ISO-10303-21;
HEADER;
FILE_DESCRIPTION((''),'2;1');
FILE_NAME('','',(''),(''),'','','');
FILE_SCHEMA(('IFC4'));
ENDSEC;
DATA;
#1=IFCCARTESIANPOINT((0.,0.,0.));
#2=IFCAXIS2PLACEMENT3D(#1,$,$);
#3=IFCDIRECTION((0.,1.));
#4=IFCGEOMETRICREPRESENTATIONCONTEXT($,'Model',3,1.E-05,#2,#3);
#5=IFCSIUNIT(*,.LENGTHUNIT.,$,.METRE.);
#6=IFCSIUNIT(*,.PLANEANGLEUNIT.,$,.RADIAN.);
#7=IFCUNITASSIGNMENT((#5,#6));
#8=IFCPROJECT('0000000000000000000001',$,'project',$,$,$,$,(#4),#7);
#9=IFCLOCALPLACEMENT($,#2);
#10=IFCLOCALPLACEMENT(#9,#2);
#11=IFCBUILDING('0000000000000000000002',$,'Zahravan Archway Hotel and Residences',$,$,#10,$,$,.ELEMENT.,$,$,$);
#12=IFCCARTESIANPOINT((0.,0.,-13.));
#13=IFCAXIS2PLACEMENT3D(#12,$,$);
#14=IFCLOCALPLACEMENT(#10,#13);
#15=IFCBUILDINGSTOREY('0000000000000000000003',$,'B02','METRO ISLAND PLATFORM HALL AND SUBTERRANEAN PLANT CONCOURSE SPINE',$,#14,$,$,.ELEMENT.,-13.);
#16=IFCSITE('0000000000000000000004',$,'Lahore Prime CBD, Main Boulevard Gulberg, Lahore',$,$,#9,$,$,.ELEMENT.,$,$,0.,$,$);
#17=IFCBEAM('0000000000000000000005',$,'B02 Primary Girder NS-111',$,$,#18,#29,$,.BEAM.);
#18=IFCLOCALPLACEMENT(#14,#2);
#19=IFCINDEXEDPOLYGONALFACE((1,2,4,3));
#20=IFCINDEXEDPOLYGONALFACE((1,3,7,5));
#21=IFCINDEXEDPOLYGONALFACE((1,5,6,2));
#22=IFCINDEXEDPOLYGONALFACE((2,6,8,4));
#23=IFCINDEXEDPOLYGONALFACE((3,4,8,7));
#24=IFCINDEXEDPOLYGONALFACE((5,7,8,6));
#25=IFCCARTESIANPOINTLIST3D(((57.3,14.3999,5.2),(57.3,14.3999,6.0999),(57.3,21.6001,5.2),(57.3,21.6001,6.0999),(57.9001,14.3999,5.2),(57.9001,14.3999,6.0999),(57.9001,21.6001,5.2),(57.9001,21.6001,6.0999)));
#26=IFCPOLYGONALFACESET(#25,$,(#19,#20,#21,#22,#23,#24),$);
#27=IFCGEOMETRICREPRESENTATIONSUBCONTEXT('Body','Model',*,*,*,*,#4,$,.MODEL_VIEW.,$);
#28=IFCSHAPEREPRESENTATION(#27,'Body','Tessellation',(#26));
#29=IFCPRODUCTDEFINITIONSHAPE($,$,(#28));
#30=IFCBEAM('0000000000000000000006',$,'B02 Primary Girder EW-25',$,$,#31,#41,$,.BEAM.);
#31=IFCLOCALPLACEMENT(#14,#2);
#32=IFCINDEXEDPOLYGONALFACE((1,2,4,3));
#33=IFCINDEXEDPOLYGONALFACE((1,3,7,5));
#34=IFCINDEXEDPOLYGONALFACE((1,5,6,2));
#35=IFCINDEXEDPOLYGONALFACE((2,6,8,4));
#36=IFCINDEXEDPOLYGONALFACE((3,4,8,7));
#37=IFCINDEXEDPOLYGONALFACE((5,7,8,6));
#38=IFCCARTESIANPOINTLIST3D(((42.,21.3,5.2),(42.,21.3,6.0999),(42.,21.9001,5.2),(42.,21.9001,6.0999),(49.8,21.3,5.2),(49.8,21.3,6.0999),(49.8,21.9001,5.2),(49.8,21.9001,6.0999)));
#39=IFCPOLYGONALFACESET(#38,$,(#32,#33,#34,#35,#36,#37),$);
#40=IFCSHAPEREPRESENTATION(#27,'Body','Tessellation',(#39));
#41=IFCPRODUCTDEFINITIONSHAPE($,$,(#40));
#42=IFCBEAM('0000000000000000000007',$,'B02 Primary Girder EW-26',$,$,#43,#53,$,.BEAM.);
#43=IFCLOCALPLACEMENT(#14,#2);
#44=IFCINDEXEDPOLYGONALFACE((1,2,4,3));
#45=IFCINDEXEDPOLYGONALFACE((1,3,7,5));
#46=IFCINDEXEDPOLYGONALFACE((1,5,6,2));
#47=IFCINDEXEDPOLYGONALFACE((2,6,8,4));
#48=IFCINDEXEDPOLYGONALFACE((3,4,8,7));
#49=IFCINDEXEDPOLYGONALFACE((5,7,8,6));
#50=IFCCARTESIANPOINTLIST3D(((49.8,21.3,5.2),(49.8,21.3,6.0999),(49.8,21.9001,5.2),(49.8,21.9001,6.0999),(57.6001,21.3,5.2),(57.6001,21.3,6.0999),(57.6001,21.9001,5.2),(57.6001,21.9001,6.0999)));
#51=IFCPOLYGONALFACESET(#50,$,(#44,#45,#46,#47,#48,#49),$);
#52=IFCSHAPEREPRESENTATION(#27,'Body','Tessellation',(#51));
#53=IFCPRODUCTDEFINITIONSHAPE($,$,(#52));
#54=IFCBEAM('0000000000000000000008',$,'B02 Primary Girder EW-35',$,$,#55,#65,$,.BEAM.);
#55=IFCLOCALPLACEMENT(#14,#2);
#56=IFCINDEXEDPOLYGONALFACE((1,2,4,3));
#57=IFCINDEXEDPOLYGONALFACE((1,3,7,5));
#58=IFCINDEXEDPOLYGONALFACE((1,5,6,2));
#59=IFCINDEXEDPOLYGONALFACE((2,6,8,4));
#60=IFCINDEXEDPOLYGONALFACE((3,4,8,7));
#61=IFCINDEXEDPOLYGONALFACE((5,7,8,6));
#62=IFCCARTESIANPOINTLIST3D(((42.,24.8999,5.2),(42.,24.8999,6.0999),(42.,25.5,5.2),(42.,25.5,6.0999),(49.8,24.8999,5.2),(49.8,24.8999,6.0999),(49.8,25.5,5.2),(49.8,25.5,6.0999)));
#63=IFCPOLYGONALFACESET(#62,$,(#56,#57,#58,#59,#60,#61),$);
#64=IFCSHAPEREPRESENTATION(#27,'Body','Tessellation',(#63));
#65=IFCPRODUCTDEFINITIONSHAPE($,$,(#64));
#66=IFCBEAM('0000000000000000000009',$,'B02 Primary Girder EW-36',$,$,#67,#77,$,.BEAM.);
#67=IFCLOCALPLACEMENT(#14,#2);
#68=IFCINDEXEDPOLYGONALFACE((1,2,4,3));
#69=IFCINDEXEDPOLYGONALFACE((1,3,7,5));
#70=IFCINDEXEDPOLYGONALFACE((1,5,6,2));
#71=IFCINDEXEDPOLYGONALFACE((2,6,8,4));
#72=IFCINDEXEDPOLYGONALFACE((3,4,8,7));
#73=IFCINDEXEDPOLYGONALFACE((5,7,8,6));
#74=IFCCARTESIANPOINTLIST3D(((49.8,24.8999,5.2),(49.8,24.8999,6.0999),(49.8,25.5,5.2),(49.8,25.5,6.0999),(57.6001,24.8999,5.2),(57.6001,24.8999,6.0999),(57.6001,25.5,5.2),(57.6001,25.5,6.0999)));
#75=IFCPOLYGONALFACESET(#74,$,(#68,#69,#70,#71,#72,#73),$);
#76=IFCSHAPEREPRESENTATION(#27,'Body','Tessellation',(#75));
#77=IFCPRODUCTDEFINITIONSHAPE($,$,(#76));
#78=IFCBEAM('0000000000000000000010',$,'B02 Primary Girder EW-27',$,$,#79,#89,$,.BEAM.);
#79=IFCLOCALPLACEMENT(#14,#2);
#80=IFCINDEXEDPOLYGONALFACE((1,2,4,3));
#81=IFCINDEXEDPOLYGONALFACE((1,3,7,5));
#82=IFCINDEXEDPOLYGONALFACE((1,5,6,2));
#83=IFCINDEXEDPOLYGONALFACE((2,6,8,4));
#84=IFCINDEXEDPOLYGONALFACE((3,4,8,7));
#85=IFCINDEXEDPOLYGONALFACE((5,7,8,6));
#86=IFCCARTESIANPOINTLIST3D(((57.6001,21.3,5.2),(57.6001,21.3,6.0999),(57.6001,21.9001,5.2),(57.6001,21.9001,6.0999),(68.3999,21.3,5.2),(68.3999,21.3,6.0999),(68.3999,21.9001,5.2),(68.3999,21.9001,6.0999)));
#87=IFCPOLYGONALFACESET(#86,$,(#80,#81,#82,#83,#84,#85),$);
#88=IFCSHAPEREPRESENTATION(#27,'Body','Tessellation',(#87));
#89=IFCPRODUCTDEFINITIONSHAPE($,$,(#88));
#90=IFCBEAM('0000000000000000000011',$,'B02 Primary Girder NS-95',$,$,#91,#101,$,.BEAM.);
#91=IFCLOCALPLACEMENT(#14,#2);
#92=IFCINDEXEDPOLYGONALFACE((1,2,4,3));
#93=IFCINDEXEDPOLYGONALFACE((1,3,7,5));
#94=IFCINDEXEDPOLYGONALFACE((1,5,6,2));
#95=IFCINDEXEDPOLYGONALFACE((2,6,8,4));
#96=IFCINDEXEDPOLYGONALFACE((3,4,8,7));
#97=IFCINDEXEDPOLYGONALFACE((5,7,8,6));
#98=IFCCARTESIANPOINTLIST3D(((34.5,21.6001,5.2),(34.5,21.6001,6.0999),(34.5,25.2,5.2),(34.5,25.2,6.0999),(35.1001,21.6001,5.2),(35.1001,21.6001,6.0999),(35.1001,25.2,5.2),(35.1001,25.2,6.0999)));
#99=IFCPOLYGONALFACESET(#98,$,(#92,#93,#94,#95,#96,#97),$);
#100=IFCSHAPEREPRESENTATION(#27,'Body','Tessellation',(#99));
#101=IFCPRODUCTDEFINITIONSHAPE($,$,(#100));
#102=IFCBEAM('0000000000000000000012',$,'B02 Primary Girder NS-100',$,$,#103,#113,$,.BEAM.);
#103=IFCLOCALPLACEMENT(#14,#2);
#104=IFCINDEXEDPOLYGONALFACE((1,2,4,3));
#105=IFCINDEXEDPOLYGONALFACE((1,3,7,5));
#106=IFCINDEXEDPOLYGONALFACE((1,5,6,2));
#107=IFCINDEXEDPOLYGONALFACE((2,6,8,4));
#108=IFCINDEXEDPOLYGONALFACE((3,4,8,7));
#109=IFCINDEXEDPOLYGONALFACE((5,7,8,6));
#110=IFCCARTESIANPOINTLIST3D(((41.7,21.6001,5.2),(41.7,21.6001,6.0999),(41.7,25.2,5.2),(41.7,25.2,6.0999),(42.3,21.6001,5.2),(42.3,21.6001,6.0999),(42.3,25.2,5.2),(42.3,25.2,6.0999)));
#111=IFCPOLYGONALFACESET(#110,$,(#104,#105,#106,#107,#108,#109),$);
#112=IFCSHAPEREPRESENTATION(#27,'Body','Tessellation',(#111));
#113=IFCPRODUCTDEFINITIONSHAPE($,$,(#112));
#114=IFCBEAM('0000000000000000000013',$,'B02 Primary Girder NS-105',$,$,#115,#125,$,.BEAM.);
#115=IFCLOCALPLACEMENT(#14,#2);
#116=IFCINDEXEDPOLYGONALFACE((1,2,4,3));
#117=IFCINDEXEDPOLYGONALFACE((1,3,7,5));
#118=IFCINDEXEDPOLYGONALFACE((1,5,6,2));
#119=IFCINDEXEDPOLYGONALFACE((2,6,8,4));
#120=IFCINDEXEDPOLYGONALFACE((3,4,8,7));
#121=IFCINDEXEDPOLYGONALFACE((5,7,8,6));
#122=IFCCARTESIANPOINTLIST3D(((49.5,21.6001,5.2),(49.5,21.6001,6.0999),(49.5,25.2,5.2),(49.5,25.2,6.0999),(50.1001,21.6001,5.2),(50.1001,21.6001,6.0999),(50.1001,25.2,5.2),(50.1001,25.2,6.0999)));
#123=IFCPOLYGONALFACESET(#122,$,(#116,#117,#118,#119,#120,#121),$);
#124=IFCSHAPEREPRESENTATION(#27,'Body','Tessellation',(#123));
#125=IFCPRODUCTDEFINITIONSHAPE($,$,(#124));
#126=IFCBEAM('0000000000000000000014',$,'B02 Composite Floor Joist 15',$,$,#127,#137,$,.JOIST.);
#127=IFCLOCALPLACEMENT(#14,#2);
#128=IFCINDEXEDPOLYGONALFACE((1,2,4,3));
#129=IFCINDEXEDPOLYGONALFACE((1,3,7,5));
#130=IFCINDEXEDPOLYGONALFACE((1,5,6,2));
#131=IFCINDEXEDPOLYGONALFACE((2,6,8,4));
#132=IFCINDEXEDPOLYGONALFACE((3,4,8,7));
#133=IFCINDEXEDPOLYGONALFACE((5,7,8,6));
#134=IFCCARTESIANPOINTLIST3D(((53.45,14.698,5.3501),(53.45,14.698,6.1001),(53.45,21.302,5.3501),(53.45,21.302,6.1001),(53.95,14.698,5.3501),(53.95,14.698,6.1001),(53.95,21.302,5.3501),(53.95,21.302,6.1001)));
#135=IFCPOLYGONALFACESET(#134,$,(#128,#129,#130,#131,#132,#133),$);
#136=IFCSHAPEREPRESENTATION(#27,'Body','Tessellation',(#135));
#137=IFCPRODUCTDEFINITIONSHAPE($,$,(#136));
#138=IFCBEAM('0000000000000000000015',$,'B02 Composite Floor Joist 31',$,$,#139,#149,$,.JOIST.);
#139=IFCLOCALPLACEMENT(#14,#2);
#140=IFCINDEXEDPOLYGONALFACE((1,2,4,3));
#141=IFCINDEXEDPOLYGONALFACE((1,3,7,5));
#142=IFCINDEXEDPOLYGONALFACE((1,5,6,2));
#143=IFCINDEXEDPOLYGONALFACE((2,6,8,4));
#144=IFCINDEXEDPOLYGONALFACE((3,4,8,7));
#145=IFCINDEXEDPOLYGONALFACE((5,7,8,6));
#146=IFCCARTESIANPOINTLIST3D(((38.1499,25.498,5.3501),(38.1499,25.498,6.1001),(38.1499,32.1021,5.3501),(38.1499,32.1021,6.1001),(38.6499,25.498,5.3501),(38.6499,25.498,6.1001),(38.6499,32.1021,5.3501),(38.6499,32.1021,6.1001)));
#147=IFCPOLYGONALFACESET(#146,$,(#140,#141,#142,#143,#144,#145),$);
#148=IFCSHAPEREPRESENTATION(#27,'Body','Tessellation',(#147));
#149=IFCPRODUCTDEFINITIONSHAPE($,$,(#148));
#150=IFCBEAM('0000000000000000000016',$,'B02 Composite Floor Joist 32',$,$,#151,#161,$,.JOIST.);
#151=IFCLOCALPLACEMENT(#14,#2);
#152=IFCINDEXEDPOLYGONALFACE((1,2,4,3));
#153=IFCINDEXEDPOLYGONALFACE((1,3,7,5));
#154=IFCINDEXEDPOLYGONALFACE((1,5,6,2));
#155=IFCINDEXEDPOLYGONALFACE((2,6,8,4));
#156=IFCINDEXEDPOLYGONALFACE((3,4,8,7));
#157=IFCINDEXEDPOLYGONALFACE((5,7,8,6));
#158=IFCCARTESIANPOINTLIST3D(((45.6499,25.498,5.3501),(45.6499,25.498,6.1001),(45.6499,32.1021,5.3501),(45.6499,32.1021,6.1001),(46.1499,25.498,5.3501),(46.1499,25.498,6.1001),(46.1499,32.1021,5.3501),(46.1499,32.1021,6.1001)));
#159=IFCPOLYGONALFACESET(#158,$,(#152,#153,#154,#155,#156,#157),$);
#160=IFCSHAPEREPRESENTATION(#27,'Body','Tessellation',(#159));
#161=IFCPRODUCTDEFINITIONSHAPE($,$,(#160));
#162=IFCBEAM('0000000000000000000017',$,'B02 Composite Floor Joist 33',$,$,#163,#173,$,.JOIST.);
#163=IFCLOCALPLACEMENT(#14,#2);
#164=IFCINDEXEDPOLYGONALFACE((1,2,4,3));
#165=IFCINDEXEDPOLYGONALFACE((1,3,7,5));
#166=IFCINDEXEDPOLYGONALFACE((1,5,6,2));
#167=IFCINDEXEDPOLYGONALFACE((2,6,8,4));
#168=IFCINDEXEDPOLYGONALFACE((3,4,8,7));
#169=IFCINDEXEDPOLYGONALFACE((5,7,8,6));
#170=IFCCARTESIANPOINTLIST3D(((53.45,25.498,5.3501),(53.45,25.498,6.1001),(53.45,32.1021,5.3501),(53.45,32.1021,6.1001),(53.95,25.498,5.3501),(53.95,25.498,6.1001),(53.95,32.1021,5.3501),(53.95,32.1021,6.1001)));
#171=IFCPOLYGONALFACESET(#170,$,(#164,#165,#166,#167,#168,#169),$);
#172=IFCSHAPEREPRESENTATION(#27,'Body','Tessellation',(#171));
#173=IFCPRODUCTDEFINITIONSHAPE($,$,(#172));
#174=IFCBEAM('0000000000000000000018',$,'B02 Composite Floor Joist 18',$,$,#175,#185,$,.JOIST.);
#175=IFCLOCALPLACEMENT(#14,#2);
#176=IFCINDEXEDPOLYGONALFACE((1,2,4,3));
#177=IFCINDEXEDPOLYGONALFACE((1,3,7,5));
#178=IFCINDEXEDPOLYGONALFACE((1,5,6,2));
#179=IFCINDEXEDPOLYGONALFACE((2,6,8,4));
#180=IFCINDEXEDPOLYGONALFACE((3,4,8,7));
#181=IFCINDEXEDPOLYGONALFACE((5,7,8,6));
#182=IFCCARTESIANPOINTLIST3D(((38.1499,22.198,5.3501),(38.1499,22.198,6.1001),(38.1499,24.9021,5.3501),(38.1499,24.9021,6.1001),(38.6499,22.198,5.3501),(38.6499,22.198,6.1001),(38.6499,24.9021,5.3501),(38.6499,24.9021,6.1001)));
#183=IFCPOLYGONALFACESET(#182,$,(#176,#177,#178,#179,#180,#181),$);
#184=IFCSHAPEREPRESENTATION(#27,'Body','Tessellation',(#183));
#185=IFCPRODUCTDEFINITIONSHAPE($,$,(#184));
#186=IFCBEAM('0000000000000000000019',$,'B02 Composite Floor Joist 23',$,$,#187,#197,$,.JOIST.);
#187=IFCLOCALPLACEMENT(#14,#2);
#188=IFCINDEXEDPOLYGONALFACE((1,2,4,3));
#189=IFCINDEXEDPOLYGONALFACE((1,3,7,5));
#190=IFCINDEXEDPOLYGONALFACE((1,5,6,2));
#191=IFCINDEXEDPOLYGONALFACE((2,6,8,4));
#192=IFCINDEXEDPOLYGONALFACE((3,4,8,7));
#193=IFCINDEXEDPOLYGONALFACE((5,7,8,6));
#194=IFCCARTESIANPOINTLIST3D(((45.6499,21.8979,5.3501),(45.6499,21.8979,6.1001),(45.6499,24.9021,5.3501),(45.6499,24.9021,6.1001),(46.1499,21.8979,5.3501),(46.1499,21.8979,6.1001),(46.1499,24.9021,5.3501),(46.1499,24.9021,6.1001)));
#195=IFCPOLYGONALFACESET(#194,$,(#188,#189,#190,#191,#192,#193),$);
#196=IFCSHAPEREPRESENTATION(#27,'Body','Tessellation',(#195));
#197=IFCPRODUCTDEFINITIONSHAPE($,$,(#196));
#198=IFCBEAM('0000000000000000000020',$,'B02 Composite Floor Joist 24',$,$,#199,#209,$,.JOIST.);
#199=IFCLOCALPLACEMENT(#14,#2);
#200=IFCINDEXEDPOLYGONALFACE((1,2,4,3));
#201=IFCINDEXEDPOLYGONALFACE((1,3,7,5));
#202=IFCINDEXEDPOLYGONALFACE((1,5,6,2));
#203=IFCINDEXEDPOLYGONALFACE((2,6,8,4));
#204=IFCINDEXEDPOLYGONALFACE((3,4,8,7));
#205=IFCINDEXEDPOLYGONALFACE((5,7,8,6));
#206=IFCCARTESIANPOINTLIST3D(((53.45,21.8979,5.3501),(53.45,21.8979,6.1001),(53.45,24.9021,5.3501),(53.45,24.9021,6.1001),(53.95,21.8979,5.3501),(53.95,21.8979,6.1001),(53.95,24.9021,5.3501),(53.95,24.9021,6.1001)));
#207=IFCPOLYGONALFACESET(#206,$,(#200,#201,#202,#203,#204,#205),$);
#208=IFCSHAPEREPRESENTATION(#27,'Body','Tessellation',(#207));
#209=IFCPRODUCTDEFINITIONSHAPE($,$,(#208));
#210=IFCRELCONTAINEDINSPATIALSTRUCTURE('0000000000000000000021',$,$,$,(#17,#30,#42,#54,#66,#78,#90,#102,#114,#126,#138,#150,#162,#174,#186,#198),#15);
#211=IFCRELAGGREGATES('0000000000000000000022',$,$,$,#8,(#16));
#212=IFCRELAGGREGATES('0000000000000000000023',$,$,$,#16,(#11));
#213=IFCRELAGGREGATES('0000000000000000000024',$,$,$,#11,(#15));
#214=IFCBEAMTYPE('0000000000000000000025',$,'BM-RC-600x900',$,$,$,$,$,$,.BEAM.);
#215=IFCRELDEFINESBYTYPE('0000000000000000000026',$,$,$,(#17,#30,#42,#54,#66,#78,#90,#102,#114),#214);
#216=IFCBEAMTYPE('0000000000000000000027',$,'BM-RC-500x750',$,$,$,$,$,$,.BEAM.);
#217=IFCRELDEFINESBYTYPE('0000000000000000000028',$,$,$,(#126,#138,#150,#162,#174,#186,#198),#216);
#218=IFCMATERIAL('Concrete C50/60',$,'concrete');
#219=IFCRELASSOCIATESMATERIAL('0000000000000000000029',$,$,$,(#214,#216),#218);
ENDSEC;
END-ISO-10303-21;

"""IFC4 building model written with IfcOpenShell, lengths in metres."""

from ifc_helpers import new_model, si_unit, direction, frame, origin, origin_2d, place, context, subcontext, project, spatial, rectangle, extrude, source, transform, mapped, material, material_profile, profile_set, type_object, type_shapes, element, save


model = new_model("IFC4")

# Units and contexts
model_context = context("Model", 3, precision=1e-05, world=origin(), true_north=direction((0.0, 1.0)))
body_context = subcontext(model_context, "Body", "Model", "MODEL_VIEW")
ifc_project = project(units=[si_unit("LENGTHUNIT", "METRE"), si_unit("PLANEANGLEUNIT", "RADIAN")], contexts=[model_context])

# Site, building, storey
site_placement = place(None, origin())
site = spatial("IfcSite", under=ifc_project, at=site_placement, Name="Lahore Prime CBD, Main Boulevard Gulberg, Lahore", CompositionType="ELEMENT", RefElevation=0.0)
building_placement = place(site_placement, origin())
building = spatial("IfcBuilding", under=site, at=building_placement, Name="Zahravan Archway Hotel and Residences", CompositionType="ELEMENT")
storey_placement = place(building_placement, frame((0.0, 0.0, -13.0)))
storey = spatial("IfcBuildingStorey", under=building, at=storey_placement, Name="B02", Description="METRO ISLAND PLATFORM HALL AND SUBTERRANEAN PLANT CONCOURSE SPINE", CompositionType="ELEMENT", Elevation=-13.0)

# Shared definitions
ifc_material_1 = material(Name="Concrete C50/60", Category="concrete")

# Beams
ifc_material_profile_1 = material_profile(ifc_material_1, rectangle(XDim=0.6001, YDim=0.8999, at=origin_2d()), Name="RC-BM-600x900", Category="concrete")
ifc_profile_set_1 = profile_set([ifc_material_profile_1], Name="Concrete C50/60")
beam_type_1 = type_object("IfcBeamType", Name="BM-RC-600x900", PredefinedType="BEAM", material=ifc_profile_set_1)
shared_shape_1 = source(origin(), body_context, "Body", "SweptSolid", [
    extrude(rectangle(XDim=0.6001, YDim=0.8999, at=origin_2d()), origin(), (0.0, 0.0, 1.0), 7.2002),
])
beam_1_placement = place(storey_placement, frame((57.6001, 14.3999, 5.6499), z_axis=(0.0, 1.0, 0.0), x_axis=(-1.0, 0.0, 0.0)))
element("IfcBeam", 1, at=beam_1_placement, inside=storey, type_object=beam_type_1, Name="B02 Primary Girder NS-111", PredefinedType="BEAM", context=body_context, shape_type="MappedRepresentation", body=[
    mapped(shared_shape_1, transform((0.0, 0.0, 0.0), scale=1.0)),
])
shared_shape_2 = source(origin(), body_context, "Body", "SweptSolid", [
    extrude(rectangle(XDim=0.6001, YDim=0.8999, at=origin_2d()), origin(), (0.0, 0.0, 1.0), 7.8),
])
for number, where, z_axis, x_axis, name in (
    (2, (42.0, 21.6001, 5.6499), (1.0, 0.0, 0.0), (0.0, 1.0, 0.0), "B02 Primary Girder EW-25"),
    (3, (49.8, 21.6001, 5.6499), (1.0, 0.0, 0.0), (0.0, 1.0, 0.0), "B02 Primary Girder EW-26"),
    (4, (42.0, 25.2, 5.6499), (1.0, 0.0, 0.0), (0.0, 1.0, 0.0), "B02 Primary Girder EW-35"),
    (5, (49.8, 25.2, 5.6499), (1.0, 0.0, 0.0), (0.0, 1.0, 0.0), "B02 Primary Girder EW-36"),
):
    element("IfcBeam", number, at=place(storey_placement, frame(where, z_axis=z_axis, x_axis=x_axis)), inside=storey, type_object=beam_type_1, Name=name, PredefinedType="BEAM", context=body_context, shape_type="MappedRepresentation", body=[
        mapped(shared_shape_2, transform((0.0, 0.0, 0.0), scale=1.0)),
    ])
shared_shape_3 = source(origin(), body_context, "Body", "SweptSolid", [
    extrude(rectangle(XDim=0.6001, YDim=0.8999, at=origin_2d()), origin(), (0.0, 0.0, 1.0), 10.7998),
])
beam_2_placement = place(storey_placement, frame((57.6001, 21.6001, 5.6499), z_axis=(1.0, 0.0, 0.0), x_axis=(0.0, 1.0, 0.0)))
element("IfcBeam", 6, at=beam_2_placement, inside=storey, type_object=beam_type_1, Name="B02 Primary Girder EW-27", PredefinedType="BEAM", context=body_context, shape_type="MappedRepresentation", body=[
    mapped(shared_shape_3, transform((0.0, 0.0, 0.0), scale=1.0)),
])
shared_shape_4 = source(origin(), body_context, "Body", "SweptSolid", [
    extrude(rectangle(XDim=0.6001, YDim=0.8999, at=origin_2d()), origin(), (0.0, 0.0, 1.0), 3.5999),
])
for number, where, z_axis, x_axis, name in (
    (7, (34.8, 21.6001, 5.6499), (0.0, 1.0, 0.0), (-1.0, 0.0, 0.0), "B02 Primary Girder NS-95"),
    (8, (42.0, 21.6001, 5.6499), (0.0, 1.0, 0.0), (-1.0, 0.0, 0.0), "B02 Primary Girder NS-100"),
    (9, (49.8, 21.6001, 5.6499), (0.0, 1.0, 0.0), (-1.0, 0.0, 0.0), "B02 Primary Girder NS-105"),
):
    element("IfcBeam", number, at=place(storey_placement, frame(where, z_axis=z_axis, x_axis=x_axis)), inside=storey, type_object=beam_type_1, Name=name, PredefinedType="BEAM", context=body_context, shape_type="MappedRepresentation", body=[
        mapped(shared_shape_4, transform((0.0, 0.0, 0.0), scale=1.0)),
    ])
ifc_material_profile_2 = material_profile(ifc_material_1, rectangle(XDim=0.5, YDim=0.75, at=origin_2d()), Name="RC-BM-500x750", Category="concrete")
ifc_profile_set_2 = profile_set([ifc_material_profile_2], Name="Concrete C50/60")
beam_type_2 = type_object("IfcBeamType", Name="BM-RC-500x750", PredefinedType="BEAM", material=ifc_profile_set_2)
shared_shape_5 = source(origin(), body_context, "Body", "SweptSolid", [
    extrude(rectangle(XDim=0.5, YDim=0.75, at=origin_2d()), origin(), (0.0, 0.0, 1.0), 6.604),
])
type_shapes(beam_type_2, [shared_shape_5])
for number, where, z_axis, x_axis, name in (
    (10, (53.7, 14.698, 5.7251), (0.0, 1.0, 0.0), (-1.0, 0.0, 0.0), "B02 Composite Floor Joist 15"),
    (11, (38.3999, 25.498, 5.7251), (0.0, 1.0, 0.0), (-1.0, 0.0, 0.0), "B02 Composite Floor Joist 31"),
    (12, (45.8999, 25.498, 5.7251), (0.0, 1.0, 0.0), (-1.0, 0.0, 0.0), "B02 Composite Floor Joist 32"),
    (13, (53.7, 25.498, 5.7251), (0.0, 1.0, 0.0), (-1.0, 0.0, 0.0), "B02 Composite Floor Joist 33"),
):
    element("IfcBeam", number, at=place(storey_placement, frame(where, z_axis=z_axis, x_axis=x_axis)), inside=storey, type_object=beam_type_2, Name=name, PredefinedType="JOIST", context=body_context, shape_type="MappedRepresentation", body=[
        mapped(shared_shape_5, transform((0.0, 0.0, 0.0), scale=1.0)),
    ])
shared_shape_6 = source(origin(), body_context, "Body", "SweptSolid", [
    extrude(rectangle(XDim=0.5, YDim=0.75, at=origin_2d()), origin(), (0.0, 0.0, 1.0), 2.7041),
])
beam_3_placement = place(storey_placement, frame((38.3999, 22.198, 5.7251), z_axis=(0.0, 1.0, 0.0), x_axis=(-1.0, 0.0, 0.0)))
element("IfcBeam", 14, at=beam_3_placement, inside=storey, type_object=beam_type_2, Name="B02 Composite Floor Joist 18", PredefinedType="JOIST", context=body_context, shape_type="MappedRepresentation", body=[
    mapped(shared_shape_6, transform((0.0, 0.0, 0.0), scale=1.0)),
])
shared_shape_7 = source(origin(), body_context, "Body", "SweptSolid", [
    extrude(rectangle(XDim=0.5, YDim=0.75, at=origin_2d()), origin(), (0.0, 0.0, 1.0), 3.0042),
])
for number, where, z_axis, x_axis, name in (
    (15, (45.8999, 21.8979, 5.7251), (0.0, 1.0, 0.0), (-1.0, 0.0, 0.0), "B02 Composite Floor Joist 23"),
    (16, (53.7, 21.8979, 5.7251), (0.0, 1.0, 0.0), (-1.0, 0.0, 0.0), "B02 Composite Floor Joist 24"),
):
    element("IfcBeam", number, at=place(storey_placement, frame(where, z_axis=z_axis, x_axis=x_axis)), inside=storey, type_object=beam_type_2, Name=name, PredefinedType="JOIST", context=body_context, shape_type="MappedRepresentation", body=[
        mapped(shared_shape_7, transform((0.0, 0.0, 0.0), scale=1.0)),
    ])

save(model, "model.ifc")
